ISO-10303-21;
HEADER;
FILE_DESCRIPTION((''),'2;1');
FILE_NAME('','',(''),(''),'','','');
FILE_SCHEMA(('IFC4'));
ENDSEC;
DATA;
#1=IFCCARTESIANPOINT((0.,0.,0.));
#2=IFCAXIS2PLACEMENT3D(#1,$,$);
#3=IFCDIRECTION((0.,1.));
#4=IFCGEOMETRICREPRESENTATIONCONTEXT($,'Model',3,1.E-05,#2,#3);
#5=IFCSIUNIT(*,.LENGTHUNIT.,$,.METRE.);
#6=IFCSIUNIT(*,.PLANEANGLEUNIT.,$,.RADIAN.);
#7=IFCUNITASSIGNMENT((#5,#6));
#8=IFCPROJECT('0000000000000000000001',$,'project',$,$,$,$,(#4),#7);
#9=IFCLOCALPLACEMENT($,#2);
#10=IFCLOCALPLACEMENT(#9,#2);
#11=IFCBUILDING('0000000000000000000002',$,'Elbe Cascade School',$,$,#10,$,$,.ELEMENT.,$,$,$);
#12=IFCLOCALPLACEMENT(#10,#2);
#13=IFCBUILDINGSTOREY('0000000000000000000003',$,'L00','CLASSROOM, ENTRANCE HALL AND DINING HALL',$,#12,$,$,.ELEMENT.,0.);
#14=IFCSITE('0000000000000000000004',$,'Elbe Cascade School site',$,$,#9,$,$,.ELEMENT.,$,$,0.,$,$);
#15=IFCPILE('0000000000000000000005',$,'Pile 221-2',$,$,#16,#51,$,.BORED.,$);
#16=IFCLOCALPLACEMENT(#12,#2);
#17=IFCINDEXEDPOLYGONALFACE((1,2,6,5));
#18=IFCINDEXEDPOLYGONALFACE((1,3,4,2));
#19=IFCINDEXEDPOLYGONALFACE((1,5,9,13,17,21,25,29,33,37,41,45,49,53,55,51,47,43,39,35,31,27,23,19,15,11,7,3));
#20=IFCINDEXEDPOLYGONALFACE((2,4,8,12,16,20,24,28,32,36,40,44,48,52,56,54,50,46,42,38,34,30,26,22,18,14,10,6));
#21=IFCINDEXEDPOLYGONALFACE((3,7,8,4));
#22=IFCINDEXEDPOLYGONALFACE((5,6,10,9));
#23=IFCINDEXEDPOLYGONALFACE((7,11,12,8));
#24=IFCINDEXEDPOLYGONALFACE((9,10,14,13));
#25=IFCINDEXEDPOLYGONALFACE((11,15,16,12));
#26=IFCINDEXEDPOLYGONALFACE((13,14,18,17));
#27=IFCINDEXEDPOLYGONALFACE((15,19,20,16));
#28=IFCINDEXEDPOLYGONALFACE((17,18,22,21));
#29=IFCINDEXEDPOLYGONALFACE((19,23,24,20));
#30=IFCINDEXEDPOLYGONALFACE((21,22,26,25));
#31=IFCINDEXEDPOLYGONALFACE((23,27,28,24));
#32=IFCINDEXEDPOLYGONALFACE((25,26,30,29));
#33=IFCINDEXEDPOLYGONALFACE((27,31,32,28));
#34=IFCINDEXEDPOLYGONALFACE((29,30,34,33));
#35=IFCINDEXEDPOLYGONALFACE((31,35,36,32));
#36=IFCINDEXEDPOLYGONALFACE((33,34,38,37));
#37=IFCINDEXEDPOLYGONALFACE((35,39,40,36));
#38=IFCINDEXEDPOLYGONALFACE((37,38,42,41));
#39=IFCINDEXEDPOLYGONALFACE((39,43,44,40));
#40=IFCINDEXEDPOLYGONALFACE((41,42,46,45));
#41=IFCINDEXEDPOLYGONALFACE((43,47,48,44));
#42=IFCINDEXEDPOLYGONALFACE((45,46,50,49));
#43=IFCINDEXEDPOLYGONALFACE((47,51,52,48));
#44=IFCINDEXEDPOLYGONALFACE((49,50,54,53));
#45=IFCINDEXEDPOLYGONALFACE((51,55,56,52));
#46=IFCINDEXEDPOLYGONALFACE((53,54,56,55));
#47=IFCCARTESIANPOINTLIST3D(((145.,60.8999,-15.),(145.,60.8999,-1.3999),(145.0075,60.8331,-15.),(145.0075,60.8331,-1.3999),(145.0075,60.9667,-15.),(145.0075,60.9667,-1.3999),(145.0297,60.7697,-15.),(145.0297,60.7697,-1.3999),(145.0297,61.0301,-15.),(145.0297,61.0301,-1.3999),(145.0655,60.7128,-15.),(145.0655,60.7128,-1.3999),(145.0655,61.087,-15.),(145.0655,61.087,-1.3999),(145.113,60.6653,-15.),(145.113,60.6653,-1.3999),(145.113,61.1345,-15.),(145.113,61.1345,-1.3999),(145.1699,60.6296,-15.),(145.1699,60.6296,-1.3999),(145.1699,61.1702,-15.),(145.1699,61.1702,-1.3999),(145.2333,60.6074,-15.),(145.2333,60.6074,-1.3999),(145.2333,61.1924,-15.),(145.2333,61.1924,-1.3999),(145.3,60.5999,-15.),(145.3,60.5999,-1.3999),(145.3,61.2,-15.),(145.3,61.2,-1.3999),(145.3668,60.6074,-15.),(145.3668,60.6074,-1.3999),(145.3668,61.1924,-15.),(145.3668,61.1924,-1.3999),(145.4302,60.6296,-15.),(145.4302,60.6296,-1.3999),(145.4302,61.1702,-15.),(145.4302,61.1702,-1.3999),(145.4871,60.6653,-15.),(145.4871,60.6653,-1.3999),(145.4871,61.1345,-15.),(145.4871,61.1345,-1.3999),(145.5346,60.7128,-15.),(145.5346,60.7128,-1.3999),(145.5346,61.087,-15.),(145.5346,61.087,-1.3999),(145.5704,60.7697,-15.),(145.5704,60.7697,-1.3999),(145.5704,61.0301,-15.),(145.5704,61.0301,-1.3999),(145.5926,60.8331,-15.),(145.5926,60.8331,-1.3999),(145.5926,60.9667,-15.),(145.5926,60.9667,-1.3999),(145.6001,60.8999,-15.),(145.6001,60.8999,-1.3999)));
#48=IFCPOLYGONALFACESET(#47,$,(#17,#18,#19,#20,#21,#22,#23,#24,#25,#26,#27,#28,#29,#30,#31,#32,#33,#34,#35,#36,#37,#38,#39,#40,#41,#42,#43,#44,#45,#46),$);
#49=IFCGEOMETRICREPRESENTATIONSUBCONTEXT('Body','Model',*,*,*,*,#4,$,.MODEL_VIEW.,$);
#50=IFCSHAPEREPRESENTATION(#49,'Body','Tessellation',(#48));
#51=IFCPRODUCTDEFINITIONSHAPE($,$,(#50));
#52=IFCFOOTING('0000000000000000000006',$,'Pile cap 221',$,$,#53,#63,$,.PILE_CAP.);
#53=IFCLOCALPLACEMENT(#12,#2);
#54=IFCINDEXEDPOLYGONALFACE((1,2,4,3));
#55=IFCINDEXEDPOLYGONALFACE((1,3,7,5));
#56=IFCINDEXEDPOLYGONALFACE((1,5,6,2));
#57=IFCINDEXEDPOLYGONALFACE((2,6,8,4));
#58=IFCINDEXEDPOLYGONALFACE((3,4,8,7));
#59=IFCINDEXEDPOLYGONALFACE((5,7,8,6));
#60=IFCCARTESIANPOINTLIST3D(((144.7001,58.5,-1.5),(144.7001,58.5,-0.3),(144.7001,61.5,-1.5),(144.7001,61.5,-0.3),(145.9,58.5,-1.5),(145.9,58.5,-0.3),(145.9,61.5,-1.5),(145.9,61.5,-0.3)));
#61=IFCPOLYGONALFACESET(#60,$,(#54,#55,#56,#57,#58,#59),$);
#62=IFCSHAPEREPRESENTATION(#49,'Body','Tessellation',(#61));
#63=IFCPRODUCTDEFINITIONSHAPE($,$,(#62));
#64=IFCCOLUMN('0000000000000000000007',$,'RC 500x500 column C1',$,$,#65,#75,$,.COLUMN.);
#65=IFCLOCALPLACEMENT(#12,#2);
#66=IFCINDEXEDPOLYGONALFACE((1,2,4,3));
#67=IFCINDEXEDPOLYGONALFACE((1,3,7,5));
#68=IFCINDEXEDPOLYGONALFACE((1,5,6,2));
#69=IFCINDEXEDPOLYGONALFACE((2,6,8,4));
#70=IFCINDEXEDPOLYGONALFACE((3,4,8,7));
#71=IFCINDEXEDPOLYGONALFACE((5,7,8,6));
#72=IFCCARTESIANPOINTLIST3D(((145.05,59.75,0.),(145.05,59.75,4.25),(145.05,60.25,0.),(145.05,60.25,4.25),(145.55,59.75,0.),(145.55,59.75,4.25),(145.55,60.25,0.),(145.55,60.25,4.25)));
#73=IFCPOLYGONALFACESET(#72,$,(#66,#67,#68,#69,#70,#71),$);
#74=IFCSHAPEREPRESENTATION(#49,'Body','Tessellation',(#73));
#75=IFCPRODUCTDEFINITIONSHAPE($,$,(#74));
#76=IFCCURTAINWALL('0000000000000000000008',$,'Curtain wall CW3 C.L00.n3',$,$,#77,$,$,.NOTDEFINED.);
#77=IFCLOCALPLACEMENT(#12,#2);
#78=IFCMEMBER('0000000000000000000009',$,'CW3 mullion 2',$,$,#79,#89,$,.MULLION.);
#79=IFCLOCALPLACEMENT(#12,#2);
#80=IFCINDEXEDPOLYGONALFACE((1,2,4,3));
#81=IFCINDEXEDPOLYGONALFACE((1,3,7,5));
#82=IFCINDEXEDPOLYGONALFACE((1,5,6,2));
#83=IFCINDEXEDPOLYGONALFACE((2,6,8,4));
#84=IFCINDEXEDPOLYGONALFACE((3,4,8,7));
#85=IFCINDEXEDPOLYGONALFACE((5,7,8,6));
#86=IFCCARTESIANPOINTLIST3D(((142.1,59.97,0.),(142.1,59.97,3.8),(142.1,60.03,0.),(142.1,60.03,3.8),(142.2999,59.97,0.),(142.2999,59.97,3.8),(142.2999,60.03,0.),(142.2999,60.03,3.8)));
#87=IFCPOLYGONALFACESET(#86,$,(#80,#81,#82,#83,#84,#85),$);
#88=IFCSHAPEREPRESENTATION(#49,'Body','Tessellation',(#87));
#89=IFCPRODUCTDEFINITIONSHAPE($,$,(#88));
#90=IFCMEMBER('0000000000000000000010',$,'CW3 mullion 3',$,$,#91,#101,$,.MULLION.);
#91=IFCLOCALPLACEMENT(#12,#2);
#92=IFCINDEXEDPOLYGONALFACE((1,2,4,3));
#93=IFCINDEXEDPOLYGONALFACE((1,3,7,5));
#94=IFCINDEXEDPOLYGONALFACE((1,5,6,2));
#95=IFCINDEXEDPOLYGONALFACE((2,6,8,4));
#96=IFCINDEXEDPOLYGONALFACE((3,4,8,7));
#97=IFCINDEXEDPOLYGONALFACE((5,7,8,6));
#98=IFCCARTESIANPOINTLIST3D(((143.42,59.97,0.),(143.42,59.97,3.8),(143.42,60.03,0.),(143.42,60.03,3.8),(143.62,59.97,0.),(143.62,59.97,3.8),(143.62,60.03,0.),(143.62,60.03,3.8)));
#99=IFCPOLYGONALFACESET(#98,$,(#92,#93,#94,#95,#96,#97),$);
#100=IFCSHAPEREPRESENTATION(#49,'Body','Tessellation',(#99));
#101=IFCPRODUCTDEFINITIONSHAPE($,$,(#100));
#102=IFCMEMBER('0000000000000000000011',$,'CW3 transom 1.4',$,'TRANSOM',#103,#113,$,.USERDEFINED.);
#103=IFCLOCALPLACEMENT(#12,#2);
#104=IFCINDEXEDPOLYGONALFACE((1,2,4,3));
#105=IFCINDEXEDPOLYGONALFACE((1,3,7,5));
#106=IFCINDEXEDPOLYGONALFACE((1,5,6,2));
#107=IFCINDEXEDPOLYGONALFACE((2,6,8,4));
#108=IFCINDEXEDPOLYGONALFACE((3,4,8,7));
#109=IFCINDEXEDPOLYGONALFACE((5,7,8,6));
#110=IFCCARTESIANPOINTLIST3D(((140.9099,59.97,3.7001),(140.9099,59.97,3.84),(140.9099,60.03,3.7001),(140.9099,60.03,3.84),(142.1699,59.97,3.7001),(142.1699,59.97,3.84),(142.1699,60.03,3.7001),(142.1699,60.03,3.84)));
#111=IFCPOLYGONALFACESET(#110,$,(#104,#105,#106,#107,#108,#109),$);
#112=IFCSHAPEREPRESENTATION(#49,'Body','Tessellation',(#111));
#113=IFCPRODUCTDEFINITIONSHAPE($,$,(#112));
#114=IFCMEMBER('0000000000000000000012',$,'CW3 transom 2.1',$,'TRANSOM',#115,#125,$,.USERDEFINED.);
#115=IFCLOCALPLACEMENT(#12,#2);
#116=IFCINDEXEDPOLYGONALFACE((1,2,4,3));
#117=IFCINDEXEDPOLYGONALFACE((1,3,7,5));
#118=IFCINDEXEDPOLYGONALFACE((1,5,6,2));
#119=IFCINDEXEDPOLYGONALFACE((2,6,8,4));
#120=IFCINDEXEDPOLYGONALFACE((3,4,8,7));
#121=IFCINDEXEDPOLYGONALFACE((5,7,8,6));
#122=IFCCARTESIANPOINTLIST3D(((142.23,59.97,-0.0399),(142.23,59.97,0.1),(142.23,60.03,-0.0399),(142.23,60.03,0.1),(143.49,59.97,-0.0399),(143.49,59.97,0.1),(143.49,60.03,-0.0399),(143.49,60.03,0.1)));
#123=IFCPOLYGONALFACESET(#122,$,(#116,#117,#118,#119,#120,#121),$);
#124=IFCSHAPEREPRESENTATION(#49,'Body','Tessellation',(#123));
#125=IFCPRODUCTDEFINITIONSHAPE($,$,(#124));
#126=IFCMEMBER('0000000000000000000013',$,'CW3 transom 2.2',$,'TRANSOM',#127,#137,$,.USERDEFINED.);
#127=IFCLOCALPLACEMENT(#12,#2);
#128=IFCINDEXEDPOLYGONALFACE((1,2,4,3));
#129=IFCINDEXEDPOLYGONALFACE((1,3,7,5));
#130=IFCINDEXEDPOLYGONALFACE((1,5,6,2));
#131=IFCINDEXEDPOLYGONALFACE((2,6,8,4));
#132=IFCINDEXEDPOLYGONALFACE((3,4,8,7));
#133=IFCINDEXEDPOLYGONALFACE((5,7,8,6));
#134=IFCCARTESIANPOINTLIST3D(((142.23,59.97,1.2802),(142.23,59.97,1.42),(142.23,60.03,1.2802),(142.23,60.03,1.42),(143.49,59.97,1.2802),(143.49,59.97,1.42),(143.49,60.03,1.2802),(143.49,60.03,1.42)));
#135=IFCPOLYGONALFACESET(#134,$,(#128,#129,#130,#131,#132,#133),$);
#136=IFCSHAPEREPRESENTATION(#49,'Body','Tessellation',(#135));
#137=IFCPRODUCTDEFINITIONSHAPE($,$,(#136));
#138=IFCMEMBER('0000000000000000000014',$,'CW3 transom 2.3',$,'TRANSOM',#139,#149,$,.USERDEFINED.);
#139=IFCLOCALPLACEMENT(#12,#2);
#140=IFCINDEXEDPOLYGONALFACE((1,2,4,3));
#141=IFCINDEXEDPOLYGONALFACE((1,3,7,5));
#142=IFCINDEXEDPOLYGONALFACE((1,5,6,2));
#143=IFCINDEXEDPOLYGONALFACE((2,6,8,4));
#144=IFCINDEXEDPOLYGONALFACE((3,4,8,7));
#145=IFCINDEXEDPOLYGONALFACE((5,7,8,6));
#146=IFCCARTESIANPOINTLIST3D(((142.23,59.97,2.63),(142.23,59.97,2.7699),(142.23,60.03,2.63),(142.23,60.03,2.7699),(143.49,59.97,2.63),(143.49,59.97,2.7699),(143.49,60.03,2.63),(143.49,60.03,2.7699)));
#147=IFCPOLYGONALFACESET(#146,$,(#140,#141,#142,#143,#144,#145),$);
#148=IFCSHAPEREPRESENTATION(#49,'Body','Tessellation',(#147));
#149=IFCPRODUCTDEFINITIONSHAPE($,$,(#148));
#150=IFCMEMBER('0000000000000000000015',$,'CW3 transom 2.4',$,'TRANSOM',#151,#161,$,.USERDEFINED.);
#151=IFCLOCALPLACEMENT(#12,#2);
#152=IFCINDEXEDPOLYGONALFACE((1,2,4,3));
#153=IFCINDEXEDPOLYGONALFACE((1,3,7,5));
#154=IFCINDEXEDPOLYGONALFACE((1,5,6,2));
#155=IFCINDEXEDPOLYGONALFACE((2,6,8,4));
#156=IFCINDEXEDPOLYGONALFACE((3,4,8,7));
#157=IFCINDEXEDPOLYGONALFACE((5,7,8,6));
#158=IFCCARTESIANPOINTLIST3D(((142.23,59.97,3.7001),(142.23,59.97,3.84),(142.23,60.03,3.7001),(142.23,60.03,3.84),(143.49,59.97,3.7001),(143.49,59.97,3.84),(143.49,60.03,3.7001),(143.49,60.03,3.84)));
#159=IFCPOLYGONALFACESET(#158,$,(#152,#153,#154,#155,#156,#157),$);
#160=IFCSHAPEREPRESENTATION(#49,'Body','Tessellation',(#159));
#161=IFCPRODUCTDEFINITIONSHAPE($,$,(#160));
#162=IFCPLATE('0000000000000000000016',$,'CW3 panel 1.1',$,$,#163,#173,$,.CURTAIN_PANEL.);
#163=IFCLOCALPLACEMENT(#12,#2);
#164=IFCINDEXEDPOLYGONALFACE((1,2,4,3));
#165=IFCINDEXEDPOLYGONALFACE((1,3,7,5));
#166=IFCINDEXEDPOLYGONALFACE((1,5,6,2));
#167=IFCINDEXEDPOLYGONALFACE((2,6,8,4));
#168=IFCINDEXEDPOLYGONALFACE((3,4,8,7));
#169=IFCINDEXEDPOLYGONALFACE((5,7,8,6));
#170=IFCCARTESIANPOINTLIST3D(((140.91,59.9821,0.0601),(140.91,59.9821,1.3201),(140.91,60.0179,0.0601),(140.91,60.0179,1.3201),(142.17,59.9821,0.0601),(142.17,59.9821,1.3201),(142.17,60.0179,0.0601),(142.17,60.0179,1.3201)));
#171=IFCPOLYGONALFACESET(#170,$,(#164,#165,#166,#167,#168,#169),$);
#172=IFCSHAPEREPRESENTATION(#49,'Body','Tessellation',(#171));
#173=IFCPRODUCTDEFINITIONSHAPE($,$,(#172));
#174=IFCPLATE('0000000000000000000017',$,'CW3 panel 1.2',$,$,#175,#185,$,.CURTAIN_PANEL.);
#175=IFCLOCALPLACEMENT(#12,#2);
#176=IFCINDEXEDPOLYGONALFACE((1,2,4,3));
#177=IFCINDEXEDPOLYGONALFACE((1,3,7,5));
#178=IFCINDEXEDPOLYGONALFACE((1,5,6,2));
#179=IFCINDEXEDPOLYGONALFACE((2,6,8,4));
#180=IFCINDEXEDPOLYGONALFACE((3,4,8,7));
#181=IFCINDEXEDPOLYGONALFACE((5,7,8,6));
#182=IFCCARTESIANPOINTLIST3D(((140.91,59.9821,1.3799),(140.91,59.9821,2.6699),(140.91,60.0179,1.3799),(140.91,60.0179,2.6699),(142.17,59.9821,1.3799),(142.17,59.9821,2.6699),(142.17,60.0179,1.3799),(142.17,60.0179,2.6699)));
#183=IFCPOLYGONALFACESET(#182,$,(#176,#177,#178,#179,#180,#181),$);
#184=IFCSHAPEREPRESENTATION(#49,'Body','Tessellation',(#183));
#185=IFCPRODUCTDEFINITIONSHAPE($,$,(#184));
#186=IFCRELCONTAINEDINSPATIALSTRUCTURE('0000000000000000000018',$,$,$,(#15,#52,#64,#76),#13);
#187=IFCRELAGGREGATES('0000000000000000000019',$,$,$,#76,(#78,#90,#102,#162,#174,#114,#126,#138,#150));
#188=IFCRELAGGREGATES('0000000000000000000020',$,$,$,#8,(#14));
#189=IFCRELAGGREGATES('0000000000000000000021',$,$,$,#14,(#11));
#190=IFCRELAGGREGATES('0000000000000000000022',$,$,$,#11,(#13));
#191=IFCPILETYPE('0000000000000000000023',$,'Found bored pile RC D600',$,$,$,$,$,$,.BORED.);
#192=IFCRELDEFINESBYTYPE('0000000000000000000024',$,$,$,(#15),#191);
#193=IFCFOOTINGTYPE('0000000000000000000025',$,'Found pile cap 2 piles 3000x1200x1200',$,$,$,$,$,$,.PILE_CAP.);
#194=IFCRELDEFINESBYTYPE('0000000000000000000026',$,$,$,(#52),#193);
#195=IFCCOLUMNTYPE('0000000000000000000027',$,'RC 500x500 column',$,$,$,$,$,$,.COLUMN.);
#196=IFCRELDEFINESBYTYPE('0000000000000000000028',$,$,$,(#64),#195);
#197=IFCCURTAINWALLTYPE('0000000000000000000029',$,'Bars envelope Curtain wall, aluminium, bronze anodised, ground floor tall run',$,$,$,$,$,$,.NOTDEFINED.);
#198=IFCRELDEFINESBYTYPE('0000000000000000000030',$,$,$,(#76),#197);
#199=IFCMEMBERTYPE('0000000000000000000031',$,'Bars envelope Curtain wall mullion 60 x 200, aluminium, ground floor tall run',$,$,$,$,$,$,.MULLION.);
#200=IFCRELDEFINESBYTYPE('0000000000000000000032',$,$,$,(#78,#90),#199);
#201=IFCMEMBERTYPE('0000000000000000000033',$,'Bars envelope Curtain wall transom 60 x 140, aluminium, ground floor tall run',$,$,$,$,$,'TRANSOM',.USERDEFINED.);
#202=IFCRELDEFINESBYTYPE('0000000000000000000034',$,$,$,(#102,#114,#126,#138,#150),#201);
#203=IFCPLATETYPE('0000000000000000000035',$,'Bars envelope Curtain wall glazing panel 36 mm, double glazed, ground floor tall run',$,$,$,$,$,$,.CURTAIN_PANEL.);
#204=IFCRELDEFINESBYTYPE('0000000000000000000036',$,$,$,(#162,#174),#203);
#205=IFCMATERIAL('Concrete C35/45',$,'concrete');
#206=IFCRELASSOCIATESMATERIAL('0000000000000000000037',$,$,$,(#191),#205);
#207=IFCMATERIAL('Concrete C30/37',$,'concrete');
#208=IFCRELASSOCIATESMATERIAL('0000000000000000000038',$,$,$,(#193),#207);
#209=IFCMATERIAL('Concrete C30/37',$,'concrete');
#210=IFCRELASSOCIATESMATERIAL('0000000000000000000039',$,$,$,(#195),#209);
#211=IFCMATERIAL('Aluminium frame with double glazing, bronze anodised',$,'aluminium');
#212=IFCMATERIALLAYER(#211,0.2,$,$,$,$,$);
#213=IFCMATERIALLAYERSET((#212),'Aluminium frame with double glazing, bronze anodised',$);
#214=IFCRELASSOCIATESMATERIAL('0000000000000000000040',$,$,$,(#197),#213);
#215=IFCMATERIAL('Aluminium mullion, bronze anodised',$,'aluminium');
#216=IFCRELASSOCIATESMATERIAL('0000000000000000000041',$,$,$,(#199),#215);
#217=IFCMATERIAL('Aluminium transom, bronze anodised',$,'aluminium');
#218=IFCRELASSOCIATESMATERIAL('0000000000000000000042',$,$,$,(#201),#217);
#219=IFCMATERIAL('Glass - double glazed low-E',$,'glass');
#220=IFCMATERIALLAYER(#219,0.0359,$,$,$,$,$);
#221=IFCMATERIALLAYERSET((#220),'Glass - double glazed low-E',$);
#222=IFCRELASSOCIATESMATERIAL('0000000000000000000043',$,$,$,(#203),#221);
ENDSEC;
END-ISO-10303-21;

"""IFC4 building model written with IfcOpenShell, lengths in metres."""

from ifc_helpers import new_model, si_unit, direction, frame, origin, origin_2d, place, context, subcontext, project, spatial, rectangle, circle, extrude, material, layer, layer_set, material_profile, profile_set, type_object, element, aggregate, save


model = new_model("IFC4")

# Units and contexts
model_context = context("Model", 3, precision=1e-05, world=origin(), true_north=direction((0.0, 1.0)))
body_context = subcontext(model_context, "Body", "Model", "MODEL_VIEW")
ifc_project = project(units=[si_unit("LENGTHUNIT", "METRE"), si_unit("PLANEANGLEUNIT", "RADIAN")], contexts=[model_context])

# Site, building, storey
site_placement = place(None, origin())
site = spatial("IfcSite", under=ifc_project, at=site_placement, Name="Elbe Cascade School site", CompositionType="ELEMENT", RefElevation=0.0)
building_placement = place(site_placement, origin())
building = spatial("IfcBuilding", under=site, at=building_placement, Name="Elbe Cascade School", CompositionType="ELEMENT")
storey_placement = place(building_placement, origin())
storey = spatial("IfcBuildingStorey", under=building, at=storey_placement, Name="L00", Description="CLASSROOM, ENTRANCE HALL AND DINING HALL", CompositionType="ELEMENT", Elevation=0.0)

# Pile
ifc_material_1 = material(Name="Concrete C35/45", Category="concrete")
ifc_material_profile_1 = material_profile(ifc_material_1, circle(Radius=0.3, at=origin_2d()), Name="RC D600")
ifc_profile_set_1 = profile_set([ifc_material_profile_1], Name="Concrete C35/45")
pile_type = type_object("IfcPileType", Name="Found bored pile RC D600", PredefinedType="BORED", material=ifc_profile_set_1)
pile_placement = place(storey_placement, frame((145.3, 60.8999, -1.3999), z_axis=(0.0, 0.0, -1.0), x_axis=(1.0, 0.0, 0.0)))
element("IfcPile", 1, at=pile_placement, inside=storey, type_object=pile_type, Name="Pile 221-2", PredefinedType="BORED", context=body_context, shape_type="SweptSolid", body=[
    extrude(circle(Radius=0.3, at=origin_2d()), origin(), (0.0, 0.0, 1.0), 13.6001),
])

# Footing
ifc_material_2 = material(Name="Concrete C30/37", Category="concrete")
footing_type = type_object("IfcFootingType", Name="Found pile cap 2 piles 3000x1200x1200", PredefinedType="PILE_CAP", material=ifc_material_2)
footing_placement = place(storey_placement, frame((145.3, 60.0, -1.5), z_axis=(0.0, 0.0, 1.0), x_axis=(1.0, 0.0, 0.0)))
element("IfcFooting", 2, at=footing_placement, inside=storey, type_object=footing_type, Name="Pile cap 221", PredefinedType="PILE_CAP", context=body_context, shape_type="SweptSolid", body=[
    extrude(rectangle(XDim=1.2, YDim=3.0, at=origin_2d()), origin(), (0.0, 0.0, 1.0), 1.2),
])

# Column
ifc_material_3 = material(Name="Concrete C30/37", Category="concrete")
ifc_material_profile_2 = material_profile(ifc_material_3, rectangle(XDim=0.5, YDim=0.5, at=origin_2d()), Name="RC 500x500")
ifc_profile_set_2 = profile_set([ifc_material_profile_2], Name="Concrete C30/37")
column_type = type_object("IfcColumnType", Name="RC 500x500 column", PredefinedType="COLUMN", material=ifc_profile_set_2)
column_placement = place(storey_placement, frame((145.3, 60.0, 0.0), z_axis=(0.0, 0.0, 1.0), x_axis=(1.0, 0.0, 0.0)))
element("IfcColumn", 3, at=column_placement, inside=storey, type_object=column_type, Name="RC 500x500 column C1", PredefinedType="COLUMN", context=body_context, shape_type="SweptSolid", body=[
    extrude(rectangle(XDim=0.5, YDim=0.5, at=origin_2d()), origin(), (0.0, 0.0, 1.0), 4.25),
])

# Curtain wall, members, plates
ifc_material_4 = material(Name="Aluminium frame with double glazing, bronze anodised", Category="aluminium")
ifc_layer_1 = layer(ifc_material_4, 0.2)
ifc_layer_set_1 = layer_set([ifc_layer_1], Name="Aluminium frame with double glazing, bronze anodised")
curtain_wall_type = type_object("IfcCurtainWallType", Name="Bars envelope Curtain wall, aluminium, bronze anodised, ground floor tall run", PredefinedType="NOTDEFINED", material=ifc_layer_set_1)
curtain_wall_placement = place(storey_placement, origin())
curtain_wall = element("IfcCurtainWall", 4, at=curtain_wall_placement, inside=storey, type_object=curtain_wall_type, Name="Curtain wall CW3 C.L00.n3", PredefinedType="NOTDEFINED")
ifc_material_5 = material(Name="Aluminium mullion, bronze anodised", Category="aluminium")
ifc_material_profile_3 = material_profile(ifc_material_5, rectangle(XDim=0.0601, YDim=0.2, at=origin_2d()), Name="Bars envelope Curtain wall mullion 60 x 200, aluminium, ground floor tall run")
ifc_profile_set_3 = profile_set([ifc_material_profile_3], Name="Aluminium mullion, bronze anodised")
member_type_1 = type_object("IfcMemberType", Name="Bars envelope Curtain wall mullion 60 x 200, aluminium, ground floor tall run", PredefinedType="MULLION", material=ifc_profile_set_3)
member_1_placement = place(storey_placement, frame((142.2, 60.0, 0.0), z_axis=(0.0, 0.0, 1.0), x_axis=(0.0, 1.0, 0.0)))
member_1 = element("IfcMember", 5, at=member_1_placement, type_object=member_type_1, Name="CW3 mullion 2", PredefinedType="MULLION", context=body_context, shape_type="SweptSolid", body=[
    extrude(rectangle(XDim=0.0601, YDim=0.2, at=origin_2d()), origin(), (0.0, 0.0, 1.0), 3.8),
])
member_2_placement = place(storey_placement, frame((143.52, 60.0, 0.0), z_axis=(0.0, 0.0, 1.0), x_axis=(0.0, 1.0, 0.0)))
member_2 = element("IfcMember", 6, at=member_2_placement, type_object=member_type_1, Name="CW3 mullion 3", PredefinedType="MULLION", context=body_context, shape_type="SweptSolid", body=[
    extrude(rectangle(XDim=0.0601, YDim=0.2, at=origin_2d()), origin(), (0.0, 0.0, 1.0), 3.8),
])
ifc_material_6 = material(Name="Aluminium transom, bronze anodised", Category="aluminium")
ifc_material_profile_4 = material_profile(ifc_material_6, rectangle(XDim=0.0601, YDim=0.1399, at=origin_2d()), Name="Bars envelope Curtain wall transom 60 x 140, aluminium, ground floor tall run")
ifc_profile_set_4 = profile_set([ifc_material_profile_4], Name="Aluminium transom, bronze anodised")
member_type_2 = type_object("IfcMemberType", Name="Bars envelope Curtain wall transom 60 x 140, aluminium, ground floor tall run", ElementType="TRANSOM", PredefinedType="USERDEFINED", material=ifc_profile_set_4)
member_3_placement = place(storey_placement, frame((140.9099, 60.0, 3.77), z_axis=(1.0, 0.0, 0.0), x_axis=(0.0, 1.0, 0.0)))
member_3 = element("IfcMember", 7, at=member_3_placement, type_object=member_type_2, Name="CW3 transom 1.4", ObjectType="TRANSOM", PredefinedType="USERDEFINED", context=body_context, shape_type="SweptSolid", body=[
    extrude(rectangle(XDim=0.0601, YDim=0.1399, at=origin_2d()), origin(), (0.0, 0.0, 1.0), 1.26),
])
member_4_placement = place(storey_placement, frame((142.23, 60.0, 0.03), z_axis=(1.0, 0.0, 0.0), x_axis=(0.0, 1.0, 0.0)))
member_4 = element("IfcMember", 8, at=member_4_placement, type_object=member_type_2, Name="CW3 transom 2.1", ObjectType="TRANSOM", PredefinedType="USERDEFINED", context=body_context, shape_type="SweptSolid", body=[
    extrude(rectangle(XDim=0.0601, YDim=0.1399, at=origin_2d()), origin(), (0.0, 0.0, 1.0), 1.26),
])
member_5_placement = place(storey_placement, frame((142.23, 60.0, 1.3501), z_axis=(1.0, 0.0, 0.0), x_axis=(0.0, 1.0, 0.0)))
member_5 = element("IfcMember", 9, at=member_5_placement, type_object=member_type_2, Name="CW3 transom 2.2", ObjectType="TRANSOM", PredefinedType="USERDEFINED", context=body_context, shape_type="SweptSolid", body=[
    extrude(rectangle(XDim=0.0601, YDim=0.1399, at=origin_2d()), origin(), (0.0, 0.0, 1.0), 1.26),
])
member_6_placement = place(storey_placement, frame((142.23, 60.0, 2.7), z_axis=(1.0, 0.0, 0.0), x_axis=(0.0, 1.0, 0.0)))
member_6 = element("IfcMember", 10, at=member_6_placement, type_object=member_type_2, Name="CW3 transom 2.3", ObjectType="TRANSOM", PredefinedType="USERDEFINED", context=body_context, shape_type="SweptSolid", body=[
    extrude(rectangle(XDim=0.0601, YDim=0.1399, at=origin_2d()), origin(), (0.0, 0.0, 1.0), 1.26),
])
member_7_placement = place(storey_placement, frame((142.23, 60.0, 3.77), z_axis=(1.0, 0.0, 0.0), x_axis=(0.0, 1.0, 0.0)))
member_7 = element("IfcMember", 11, at=member_7_placement, type_object=member_type_2, Name="CW3 transom 2.4", ObjectType="TRANSOM", PredefinedType="USERDEFINED", context=body_context, shape_type="SweptSolid", body=[
    extrude(rectangle(XDim=0.0601, YDim=0.1399, at=origin_2d()), origin(), (0.0, 0.0, 1.0), 1.26),
])
ifc_material_7 = material(Name="Glass - double glazed low-E", Category="glass")
ifc_layer_2 = layer(ifc_material_7, 0.0359)
ifc_layer_set_2 = layer_set([ifc_layer_2], Name="Glass - double glazed low-E")
plate_type = type_object("IfcPlateType", Name="Bars envelope Curtain wall glazing panel 36 mm, double glazed, ground floor tall run", PredefinedType="CURTAIN_PANEL", material=ifc_layer_set_2)
plate_1_placement = place(storey_placement, frame((141.54, 60.0, 0.0601), z_axis=(0.0, 0.0, 1.0), x_axis=(1.0, 0.0, 0.0)))
plate_1 = element("IfcPlate", 12, at=plate_1_placement, type_object=plate_type, Name="CW3 panel 1.1", PredefinedType="CURTAIN_PANEL", context=body_context, shape_type="SweptSolid", body=[
    extrude(rectangle(XDim=1.26, YDim=0.0359, at=origin_2d()), origin(), (0.0, 0.0, 1.0), 1.26),
])
plate_2_placement = place(storey_placement, frame((141.54, 60.0, 1.3799), z_axis=(0.0, 0.0, 1.0), x_axis=(1.0, 0.0, 0.0)))
plate_2 = element("IfcPlate", 13, at=plate_2_placement, type_object=plate_type, Name="CW3 panel 1.2", PredefinedType="CURTAIN_PANEL", context=body_context, shape_type="SweptSolid", body=[
    extrude(rectangle(XDim=1.26, YDim=0.0359, at=origin_2d()), origin(), (0.0, 0.0, 1.0), 1.29),
])
aggregate(curtain_wall, [member_1, member_2, member_3, plate_1, plate_2, member_4, member_5, member_6, member_7])

save(model, "model.ifc")
